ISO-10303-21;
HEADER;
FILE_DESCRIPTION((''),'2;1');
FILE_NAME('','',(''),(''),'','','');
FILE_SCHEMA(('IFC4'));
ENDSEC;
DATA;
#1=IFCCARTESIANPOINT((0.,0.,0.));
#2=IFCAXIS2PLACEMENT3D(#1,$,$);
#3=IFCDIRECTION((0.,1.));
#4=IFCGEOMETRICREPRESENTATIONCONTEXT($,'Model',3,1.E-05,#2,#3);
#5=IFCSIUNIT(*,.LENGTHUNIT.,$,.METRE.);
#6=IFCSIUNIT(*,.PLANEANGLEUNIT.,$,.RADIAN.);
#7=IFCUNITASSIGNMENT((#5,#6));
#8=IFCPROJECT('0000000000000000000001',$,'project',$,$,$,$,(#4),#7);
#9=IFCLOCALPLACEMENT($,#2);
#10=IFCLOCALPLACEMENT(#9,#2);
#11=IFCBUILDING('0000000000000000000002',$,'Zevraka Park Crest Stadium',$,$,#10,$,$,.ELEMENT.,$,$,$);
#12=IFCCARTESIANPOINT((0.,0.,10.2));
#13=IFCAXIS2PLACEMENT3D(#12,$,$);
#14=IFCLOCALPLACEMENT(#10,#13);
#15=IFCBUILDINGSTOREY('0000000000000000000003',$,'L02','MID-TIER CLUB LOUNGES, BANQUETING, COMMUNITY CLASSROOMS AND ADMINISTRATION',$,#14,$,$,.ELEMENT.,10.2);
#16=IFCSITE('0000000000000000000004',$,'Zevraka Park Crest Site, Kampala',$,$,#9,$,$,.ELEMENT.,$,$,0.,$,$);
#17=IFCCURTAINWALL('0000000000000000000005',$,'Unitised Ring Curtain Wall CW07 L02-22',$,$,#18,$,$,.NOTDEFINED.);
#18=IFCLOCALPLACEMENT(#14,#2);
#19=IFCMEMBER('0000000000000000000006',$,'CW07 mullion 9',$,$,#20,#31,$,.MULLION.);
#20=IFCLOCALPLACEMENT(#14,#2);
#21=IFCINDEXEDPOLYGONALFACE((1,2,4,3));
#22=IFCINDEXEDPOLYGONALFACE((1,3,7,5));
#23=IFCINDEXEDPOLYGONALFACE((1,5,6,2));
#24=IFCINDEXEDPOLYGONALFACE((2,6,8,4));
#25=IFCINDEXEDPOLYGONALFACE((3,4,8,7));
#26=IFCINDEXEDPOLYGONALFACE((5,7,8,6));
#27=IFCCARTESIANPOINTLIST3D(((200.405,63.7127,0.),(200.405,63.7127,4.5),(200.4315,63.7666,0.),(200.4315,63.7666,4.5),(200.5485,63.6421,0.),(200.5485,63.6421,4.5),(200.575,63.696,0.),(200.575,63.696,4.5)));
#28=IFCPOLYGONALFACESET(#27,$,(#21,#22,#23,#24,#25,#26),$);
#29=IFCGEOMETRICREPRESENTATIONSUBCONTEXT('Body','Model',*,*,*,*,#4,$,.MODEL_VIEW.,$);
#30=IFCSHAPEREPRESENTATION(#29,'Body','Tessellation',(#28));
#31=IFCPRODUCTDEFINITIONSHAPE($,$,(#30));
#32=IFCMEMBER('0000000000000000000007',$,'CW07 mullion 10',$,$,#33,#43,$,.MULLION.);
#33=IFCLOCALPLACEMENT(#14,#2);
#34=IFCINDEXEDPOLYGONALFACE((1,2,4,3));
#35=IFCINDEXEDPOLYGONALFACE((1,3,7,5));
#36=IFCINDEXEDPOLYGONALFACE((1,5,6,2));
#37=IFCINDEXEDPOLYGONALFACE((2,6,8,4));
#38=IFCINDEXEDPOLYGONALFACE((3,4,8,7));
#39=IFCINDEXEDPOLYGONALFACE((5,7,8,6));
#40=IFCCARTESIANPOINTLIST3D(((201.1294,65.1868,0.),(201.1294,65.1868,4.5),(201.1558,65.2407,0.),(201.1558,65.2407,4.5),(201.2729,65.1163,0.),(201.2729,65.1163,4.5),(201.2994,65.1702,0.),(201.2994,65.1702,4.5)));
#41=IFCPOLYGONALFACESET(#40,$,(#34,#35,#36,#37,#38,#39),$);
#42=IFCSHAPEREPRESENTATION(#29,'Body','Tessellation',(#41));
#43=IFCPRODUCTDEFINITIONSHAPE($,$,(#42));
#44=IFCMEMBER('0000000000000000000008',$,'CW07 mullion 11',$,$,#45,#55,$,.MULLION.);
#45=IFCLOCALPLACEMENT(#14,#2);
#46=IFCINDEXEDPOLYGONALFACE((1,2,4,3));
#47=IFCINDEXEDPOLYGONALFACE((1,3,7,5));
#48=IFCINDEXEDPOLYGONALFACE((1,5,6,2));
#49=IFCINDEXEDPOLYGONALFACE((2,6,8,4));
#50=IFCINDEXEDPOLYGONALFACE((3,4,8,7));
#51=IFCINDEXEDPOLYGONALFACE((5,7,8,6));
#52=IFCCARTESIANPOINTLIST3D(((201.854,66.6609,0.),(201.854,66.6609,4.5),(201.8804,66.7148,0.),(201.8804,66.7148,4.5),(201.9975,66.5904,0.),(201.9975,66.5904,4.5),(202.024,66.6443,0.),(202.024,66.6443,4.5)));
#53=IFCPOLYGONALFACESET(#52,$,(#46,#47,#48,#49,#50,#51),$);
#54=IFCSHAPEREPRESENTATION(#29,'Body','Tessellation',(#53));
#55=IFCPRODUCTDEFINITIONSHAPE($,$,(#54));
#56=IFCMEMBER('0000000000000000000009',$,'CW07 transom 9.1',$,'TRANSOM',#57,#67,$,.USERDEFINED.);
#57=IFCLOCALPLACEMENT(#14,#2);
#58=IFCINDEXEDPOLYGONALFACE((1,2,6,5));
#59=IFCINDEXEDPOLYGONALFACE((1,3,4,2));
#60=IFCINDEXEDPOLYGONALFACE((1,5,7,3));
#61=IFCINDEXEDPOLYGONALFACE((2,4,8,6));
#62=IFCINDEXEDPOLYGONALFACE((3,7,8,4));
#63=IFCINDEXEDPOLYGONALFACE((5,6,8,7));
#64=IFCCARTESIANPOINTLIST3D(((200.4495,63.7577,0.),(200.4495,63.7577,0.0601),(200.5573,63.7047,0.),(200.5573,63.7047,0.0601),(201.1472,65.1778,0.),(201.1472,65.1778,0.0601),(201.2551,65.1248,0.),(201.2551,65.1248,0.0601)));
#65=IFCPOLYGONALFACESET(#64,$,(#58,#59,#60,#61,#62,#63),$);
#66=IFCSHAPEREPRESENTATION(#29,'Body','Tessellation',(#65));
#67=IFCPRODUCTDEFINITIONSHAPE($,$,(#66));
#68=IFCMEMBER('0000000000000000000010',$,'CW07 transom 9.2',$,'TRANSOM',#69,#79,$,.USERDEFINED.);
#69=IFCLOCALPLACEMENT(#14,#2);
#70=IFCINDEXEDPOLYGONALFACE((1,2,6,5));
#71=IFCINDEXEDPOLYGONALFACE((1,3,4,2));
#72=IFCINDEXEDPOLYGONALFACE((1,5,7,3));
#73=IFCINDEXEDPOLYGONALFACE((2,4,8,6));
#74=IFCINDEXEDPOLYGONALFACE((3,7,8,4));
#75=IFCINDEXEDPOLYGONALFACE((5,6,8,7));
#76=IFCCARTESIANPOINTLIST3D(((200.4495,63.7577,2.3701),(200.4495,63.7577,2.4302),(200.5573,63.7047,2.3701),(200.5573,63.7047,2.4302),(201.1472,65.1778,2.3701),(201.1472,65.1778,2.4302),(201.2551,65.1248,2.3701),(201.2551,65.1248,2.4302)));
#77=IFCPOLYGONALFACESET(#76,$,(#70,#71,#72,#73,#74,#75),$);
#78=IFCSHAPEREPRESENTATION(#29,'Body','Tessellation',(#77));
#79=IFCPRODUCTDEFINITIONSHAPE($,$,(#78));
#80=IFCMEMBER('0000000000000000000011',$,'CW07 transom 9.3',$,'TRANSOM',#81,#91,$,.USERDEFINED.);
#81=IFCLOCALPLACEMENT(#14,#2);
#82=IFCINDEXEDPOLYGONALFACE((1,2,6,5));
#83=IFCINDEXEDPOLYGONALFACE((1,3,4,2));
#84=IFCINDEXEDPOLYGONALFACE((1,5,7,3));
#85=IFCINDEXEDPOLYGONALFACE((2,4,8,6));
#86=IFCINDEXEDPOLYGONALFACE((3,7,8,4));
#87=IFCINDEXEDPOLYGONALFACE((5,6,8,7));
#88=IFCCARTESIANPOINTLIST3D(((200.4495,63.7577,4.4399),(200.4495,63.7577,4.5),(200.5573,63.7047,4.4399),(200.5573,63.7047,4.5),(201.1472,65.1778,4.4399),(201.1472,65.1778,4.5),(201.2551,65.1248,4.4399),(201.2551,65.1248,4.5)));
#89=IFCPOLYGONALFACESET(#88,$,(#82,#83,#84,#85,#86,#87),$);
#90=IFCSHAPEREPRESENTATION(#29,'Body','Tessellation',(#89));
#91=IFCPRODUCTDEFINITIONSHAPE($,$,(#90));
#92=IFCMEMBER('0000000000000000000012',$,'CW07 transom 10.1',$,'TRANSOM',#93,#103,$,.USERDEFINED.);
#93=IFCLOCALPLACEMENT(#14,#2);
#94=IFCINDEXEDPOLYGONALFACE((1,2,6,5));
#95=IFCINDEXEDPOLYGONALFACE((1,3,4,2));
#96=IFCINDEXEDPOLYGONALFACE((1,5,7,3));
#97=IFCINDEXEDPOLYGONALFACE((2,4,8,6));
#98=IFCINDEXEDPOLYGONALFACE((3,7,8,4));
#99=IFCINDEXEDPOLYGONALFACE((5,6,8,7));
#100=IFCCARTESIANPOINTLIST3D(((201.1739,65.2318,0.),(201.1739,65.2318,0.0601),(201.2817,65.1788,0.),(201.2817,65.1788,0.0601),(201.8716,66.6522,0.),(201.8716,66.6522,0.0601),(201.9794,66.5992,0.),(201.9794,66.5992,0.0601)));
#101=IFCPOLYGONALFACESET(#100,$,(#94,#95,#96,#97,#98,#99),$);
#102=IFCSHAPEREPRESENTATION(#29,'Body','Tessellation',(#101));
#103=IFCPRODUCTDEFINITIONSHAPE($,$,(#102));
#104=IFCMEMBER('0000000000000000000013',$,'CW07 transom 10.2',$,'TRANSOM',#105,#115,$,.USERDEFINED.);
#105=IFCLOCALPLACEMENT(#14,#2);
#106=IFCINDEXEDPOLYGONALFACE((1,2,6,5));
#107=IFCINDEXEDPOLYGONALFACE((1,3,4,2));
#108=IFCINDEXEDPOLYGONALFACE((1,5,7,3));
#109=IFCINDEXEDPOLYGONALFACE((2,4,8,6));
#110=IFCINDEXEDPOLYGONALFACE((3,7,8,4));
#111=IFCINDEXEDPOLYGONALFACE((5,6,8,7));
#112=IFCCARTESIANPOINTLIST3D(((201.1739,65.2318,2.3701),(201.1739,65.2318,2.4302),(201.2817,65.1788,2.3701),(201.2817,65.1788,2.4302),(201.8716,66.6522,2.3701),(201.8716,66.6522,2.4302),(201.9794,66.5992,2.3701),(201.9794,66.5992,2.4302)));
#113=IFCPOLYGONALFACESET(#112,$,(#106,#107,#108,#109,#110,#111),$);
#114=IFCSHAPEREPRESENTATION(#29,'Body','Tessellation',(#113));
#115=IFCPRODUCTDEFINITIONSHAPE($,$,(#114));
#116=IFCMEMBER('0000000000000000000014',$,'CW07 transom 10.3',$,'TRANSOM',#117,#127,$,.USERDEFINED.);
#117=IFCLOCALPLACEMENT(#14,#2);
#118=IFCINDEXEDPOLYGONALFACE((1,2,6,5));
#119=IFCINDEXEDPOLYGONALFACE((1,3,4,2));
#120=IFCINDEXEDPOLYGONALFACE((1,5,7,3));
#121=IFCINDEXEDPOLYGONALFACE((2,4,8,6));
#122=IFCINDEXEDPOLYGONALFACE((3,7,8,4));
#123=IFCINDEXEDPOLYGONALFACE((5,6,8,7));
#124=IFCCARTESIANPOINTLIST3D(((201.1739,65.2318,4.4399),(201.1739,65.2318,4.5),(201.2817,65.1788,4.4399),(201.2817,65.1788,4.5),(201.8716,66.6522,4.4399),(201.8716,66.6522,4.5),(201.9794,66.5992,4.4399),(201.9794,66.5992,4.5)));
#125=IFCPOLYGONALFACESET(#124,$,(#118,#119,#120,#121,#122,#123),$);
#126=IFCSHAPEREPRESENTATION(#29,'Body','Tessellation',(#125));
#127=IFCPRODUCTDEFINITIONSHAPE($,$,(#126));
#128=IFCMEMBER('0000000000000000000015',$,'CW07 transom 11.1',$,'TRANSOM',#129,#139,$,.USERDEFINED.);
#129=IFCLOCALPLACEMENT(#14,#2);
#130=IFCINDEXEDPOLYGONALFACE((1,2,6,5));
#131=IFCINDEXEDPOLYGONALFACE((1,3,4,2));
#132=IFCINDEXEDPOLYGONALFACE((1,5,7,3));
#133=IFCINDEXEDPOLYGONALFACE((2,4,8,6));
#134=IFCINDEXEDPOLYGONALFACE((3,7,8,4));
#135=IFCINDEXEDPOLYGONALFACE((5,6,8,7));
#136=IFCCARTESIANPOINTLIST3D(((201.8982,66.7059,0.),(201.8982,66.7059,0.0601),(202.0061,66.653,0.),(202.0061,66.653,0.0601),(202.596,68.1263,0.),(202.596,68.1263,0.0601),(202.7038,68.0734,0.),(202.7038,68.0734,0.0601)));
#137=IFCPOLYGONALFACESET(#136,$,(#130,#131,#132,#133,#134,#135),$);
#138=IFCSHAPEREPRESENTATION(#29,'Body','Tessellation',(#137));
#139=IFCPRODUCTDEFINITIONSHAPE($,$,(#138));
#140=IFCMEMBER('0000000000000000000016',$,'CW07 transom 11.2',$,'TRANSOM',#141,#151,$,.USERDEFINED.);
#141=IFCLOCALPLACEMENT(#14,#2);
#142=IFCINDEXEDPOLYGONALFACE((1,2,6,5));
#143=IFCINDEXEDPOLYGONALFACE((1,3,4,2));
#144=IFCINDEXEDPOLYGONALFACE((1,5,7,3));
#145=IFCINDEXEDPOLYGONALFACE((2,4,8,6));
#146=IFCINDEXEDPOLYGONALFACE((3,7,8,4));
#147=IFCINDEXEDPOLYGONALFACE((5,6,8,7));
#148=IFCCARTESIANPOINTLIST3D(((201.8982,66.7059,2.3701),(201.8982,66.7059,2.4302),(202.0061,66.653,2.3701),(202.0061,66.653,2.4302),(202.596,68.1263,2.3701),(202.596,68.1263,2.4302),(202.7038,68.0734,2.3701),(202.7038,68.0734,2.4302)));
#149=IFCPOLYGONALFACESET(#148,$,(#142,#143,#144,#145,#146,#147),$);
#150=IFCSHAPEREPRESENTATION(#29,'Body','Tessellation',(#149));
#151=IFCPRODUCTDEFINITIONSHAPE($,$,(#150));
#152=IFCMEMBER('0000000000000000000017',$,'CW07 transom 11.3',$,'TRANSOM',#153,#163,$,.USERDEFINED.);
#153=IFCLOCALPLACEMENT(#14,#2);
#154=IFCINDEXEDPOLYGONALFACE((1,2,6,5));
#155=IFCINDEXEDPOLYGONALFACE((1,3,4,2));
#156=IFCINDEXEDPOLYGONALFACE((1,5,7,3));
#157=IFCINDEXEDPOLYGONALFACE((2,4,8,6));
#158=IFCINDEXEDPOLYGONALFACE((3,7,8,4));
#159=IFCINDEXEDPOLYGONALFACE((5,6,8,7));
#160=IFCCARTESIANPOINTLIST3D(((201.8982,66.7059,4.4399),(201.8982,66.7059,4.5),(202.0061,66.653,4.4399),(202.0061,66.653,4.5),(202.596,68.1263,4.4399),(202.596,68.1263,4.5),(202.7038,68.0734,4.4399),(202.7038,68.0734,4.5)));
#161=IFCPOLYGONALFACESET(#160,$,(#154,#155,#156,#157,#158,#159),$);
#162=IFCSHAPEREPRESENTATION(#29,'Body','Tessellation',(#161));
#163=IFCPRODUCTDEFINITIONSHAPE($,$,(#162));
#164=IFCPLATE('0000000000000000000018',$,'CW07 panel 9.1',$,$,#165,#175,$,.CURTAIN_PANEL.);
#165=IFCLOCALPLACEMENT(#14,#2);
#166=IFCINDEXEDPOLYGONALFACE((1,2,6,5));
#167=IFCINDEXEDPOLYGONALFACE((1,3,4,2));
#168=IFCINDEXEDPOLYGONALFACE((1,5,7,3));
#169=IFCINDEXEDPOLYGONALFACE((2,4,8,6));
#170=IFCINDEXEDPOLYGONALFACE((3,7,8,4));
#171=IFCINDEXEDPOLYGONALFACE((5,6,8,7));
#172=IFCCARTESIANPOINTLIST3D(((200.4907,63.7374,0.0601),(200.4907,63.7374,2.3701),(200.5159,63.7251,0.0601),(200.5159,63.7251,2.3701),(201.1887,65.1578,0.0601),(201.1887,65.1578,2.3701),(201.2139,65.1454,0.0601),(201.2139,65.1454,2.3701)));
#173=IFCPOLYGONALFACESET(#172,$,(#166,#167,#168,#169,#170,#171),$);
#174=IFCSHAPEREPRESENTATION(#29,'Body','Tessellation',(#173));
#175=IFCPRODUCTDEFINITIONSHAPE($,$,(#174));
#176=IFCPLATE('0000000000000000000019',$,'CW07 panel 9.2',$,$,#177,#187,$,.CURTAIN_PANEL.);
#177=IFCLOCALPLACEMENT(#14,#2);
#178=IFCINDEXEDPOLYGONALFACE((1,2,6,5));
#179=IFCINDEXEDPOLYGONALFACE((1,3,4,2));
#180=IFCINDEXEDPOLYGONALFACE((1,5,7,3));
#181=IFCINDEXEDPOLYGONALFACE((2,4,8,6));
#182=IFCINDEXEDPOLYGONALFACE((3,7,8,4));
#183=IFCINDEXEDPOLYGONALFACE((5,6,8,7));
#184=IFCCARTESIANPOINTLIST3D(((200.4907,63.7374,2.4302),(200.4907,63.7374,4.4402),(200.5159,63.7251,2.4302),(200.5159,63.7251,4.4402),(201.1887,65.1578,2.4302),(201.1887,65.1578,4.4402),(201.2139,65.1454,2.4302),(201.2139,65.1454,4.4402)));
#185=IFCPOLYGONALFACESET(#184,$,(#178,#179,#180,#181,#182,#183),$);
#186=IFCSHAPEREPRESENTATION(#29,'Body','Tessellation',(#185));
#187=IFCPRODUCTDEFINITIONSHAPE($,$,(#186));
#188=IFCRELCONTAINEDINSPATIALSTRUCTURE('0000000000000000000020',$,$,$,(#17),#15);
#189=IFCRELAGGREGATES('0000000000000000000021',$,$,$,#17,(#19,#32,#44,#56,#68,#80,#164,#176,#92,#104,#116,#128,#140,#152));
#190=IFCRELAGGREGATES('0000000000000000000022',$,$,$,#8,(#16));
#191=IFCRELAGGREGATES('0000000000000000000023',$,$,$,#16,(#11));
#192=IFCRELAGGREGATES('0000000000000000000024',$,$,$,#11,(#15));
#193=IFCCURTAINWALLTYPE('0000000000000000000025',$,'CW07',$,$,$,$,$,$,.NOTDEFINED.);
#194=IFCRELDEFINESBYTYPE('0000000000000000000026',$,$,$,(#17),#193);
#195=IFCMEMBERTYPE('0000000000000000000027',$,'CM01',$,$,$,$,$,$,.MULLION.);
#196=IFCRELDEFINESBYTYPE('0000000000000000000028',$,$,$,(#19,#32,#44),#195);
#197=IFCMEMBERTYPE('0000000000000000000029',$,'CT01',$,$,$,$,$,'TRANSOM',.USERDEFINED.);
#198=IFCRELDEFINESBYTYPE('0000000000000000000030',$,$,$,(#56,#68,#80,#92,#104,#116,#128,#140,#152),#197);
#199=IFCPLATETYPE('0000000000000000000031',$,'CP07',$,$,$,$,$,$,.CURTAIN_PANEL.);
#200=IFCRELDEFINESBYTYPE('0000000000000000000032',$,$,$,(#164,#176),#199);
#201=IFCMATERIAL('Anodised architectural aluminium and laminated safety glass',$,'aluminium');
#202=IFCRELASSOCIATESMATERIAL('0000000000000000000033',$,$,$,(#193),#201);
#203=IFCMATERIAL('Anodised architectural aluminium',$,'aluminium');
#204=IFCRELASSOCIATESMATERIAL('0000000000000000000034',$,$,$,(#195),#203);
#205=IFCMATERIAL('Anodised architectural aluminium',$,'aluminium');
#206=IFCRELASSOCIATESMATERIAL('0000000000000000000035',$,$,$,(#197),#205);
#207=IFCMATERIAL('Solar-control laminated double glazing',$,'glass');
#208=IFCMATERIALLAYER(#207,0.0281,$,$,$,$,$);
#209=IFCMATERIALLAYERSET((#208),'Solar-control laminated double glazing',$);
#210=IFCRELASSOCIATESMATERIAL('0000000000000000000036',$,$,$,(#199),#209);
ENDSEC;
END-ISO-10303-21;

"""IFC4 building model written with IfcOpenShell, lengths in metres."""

from ifc_helpers import new_model, si_unit, direction, frame, origin, origin_2d, place, context, subcontext, project, spatial, rectangle, extrude, material, layer, layer_set, material_profile, profile_set, type_object, element, aggregate, save


model = new_model("IFC4")

# Units and contexts
model_context = context("Model", 3, precision=1e-05, world=origin(), true_north=direction((0.0, 1.0)))
body_context = subcontext(model_context, "Body", "Model", "MODEL_VIEW")
ifc_project = project(units=[si_unit("LENGTHUNIT", "METRE"), si_unit("PLANEANGLEUNIT", "RADIAN")], contexts=[model_context])

# Site, building, storey
site_placement = place(None, origin())
site = spatial("IfcSite", under=ifc_project, at=site_placement, Name="Zevraka Park Crest Site, Kampala", CompositionType="ELEMENT", RefElevation=0.0)
building_placement = place(site_placement, origin())
building = spatial("IfcBuilding", under=site, at=building_placement, Name="Zevraka Park Crest Stadium", CompositionType="ELEMENT")
storey_placement = place(building_placement, frame((0.0, 0.0, 10.2)))
storey = spatial("IfcBuildingStorey", under=building, at=storey_placement, Name="L02", Description="MID-TIER CLUB LOUNGES, BANQUETING, COMMUNITY CLASSROOMS AND ADMINISTRATION", CompositionType="ELEMENT", Elevation=10.2)

# Curtain wall, members, plates
ifc_material_1 = material(Name="Anodised architectural aluminium and laminated safety glass", Category="aluminium")
curtain_wall_type = type_object("IfcCurtainWallType", Name="CW07", PredefinedType="NOTDEFINED", material=ifc_material_1)
curtain_wall_placement = place(storey_placement, origin())
curtain_wall = element("IfcCurtainWall", 1, at=curtain_wall_placement, inside=storey, type_object=curtain_wall_type, Name="Unitised Ring Curtain Wall CW07 L02-22", PredefinedType="NOTDEFINED")
ifc_material_2 = material(Name="Anodised architectural aluminium", Category="aluminium")
ifc_material_profile_1 = material_profile(ifc_material_2, rectangle(XDim=0.1599, YDim=0.0601, at=origin_2d()), Name="ALU MULLION 160x60")
ifc_profile_set_1 = profile_set([ifc_material_profile_1], Name="Anodised architectural aluminium")
member_type_1 = type_object("IfcMemberType", Name="CM01", PredefinedType="MULLION", material=ifc_profile_set_1)
member_1_placement = place(storey_placement, frame((200.49, 63.7043, 0.0), z_axis=(0.0, 0.0, 1.0), x_axis=(-0.897497, 0.441021, 0.0)))
member_1 = element("IfcMember", 2, at=member_1_placement, type_object=member_type_1, Name="CW07 mullion 9", PredefinedType="MULLION", context=body_context, shape_type="SweptSolid", body=[
    extrude(rectangle(XDim=0.1599, YDim=0.0601, at=origin_2d()), origin(), (0.0, 0.0, 1.0), 4.5),
])
member_2_placement = place(storey_placement, frame((201.2144, 65.1785, 0.0), z_axis=(0.0, 0.0, 1.0), x_axis=(-0.897497, 0.441021, 0.0)))
member_2 = element("IfcMember", 3, at=member_2_placement, type_object=member_type_1, Name="CW07 mullion 10", PredefinedType="MULLION", context=body_context, shape_type="SweptSolid", body=[
    extrude(rectangle(XDim=0.1599, YDim=0.0601, at=origin_2d()), origin(), (0.0, 0.0, 1.0), 4.5),
])
member_3_placement = place(storey_placement, frame((201.939, 66.6526, 0.0), z_axis=(0.0, 0.0, 1.0), x_axis=(-0.897497, 0.441021, 0.0)))
member_3 = element("IfcMember", 4, at=member_3_placement, type_object=member_type_1, Name="CW07 mullion 11", PredefinedType="MULLION", context=body_context, shape_type="SweptSolid", body=[
    extrude(rectangle(XDim=0.1599, YDim=0.0601, at=origin_2d()), origin(), (0.0, 0.0, 1.0), 4.5),
])
ifc_material_3 = material(Name="Anodised architectural aluminium", Category="aluminium")
ifc_material_profile_2 = material_profile(ifc_material_3, rectangle(XDim=0.1201, YDim=0.0601, at=origin_2d()), Name="ALU TRANSOM 120x60")
ifc_profile_set_2 = profile_set([ifc_material_profile_2], Name="Anodised architectural aluminium")
member_type_2 = type_object("IfcMemberType", Name="CT01", ElementType="TRANSOM", PredefinedType="USERDEFINED", material=ifc_profile_set_2)
member_4_placement = place(storey_placement, frame((200.5034, 63.7312, 0.03), z_axis=(0.440969, 0.897522, 0.0), x_axis=(-0.897522, 0.440969, 0.0)))
member_4 = element("IfcMember", 5, at=member_4_placement, type_object=member_type_2, Name="CW07 transom 9.1", ObjectType="TRANSOM", PredefinedType="USERDEFINED", context=body_context, shape_type="SweptSolid", body=[
    extrude(rectangle(XDim=0.1201, YDim=0.0601, at=origin_2d()), origin(), (0.0, 0.0, 1.0), 1.5823),
])
member_5_placement = place(storey_placement, frame((200.5034, 63.7312, 2.4001), z_axis=(0.440969, 0.897522, 0.0), x_axis=(-0.897522, 0.440969, 0.0)))
member_5 = element("IfcMember", 6, at=member_5_placement, type_object=member_type_2, Name="CW07 transom 9.2", ObjectType="TRANSOM", PredefinedType="USERDEFINED", context=body_context, shape_type="SweptSolid", body=[
    extrude(rectangle(XDim=0.1201, YDim=0.0601, at=origin_2d()), origin(), (0.0, 0.0, 1.0), 1.5823),
])
member_6_placement = place(storey_placement, frame((200.5034, 63.7312, 4.47), z_axis=(0.440969, 0.897522, 0.0), x_axis=(-0.897522, 0.440969, 0.0)))
member_6 = element("IfcMember", 7, at=member_6_placement, type_object=member_type_2, Name="CW07 transom 9.3", ObjectType="TRANSOM", PredefinedType="USERDEFINED", context=body_context, shape_type="SweptSolid", body=[
    extrude(rectangle(XDim=0.1201, YDim=0.0601, at=origin_2d()), origin(), (0.0, 0.0, 1.0), 1.5823),
])
member_7_placement = place(storey_placement, frame((201.2278, 65.2053, 0.03), z_axis=(0.440908, 0.897552, 0.0), x_axis=(-0.897552, 0.440908, 0.0)))
member_7 = element("IfcMember", 8, at=member_7_placement, type_object=member_type_2, Name="CW07 transom 10.1", ObjectType="TRANSOM", PredefinedType="USERDEFINED", context=body_context, shape_type="SweptSolid", body=[
    extrude(rectangle(XDim=0.1201, YDim=0.0601, at=origin_2d()), origin(), (0.0, 0.0, 1.0), 1.5825),
])
member_8_placement = place(storey_placement, frame((201.2278, 65.2053, 2.4001), z_axis=(0.440908, 0.897552, 0.0), x_axis=(-0.897552, 0.440908, 0.0)))
member_8 = element("IfcMember", 9, at=member_8_placement, type_object=member_type_2, Name="CW07 transom 10.2", ObjectType="TRANSOM", PredefinedType="USERDEFINED", context=body_context, shape_type="SweptSolid", body=[
    extrude(rectangle(XDim=0.1201, YDim=0.0601, at=origin_2d()), origin(), (0.0, 0.0, 1.0), 1.5825),
])
member_9_placement = place(storey_placement, frame((201.2278, 65.2053, 4.47), z_axis=(0.440908, 0.897552, 0.0), x_axis=(-0.897552, 0.440908, 0.0)))
member_9 = element("IfcMember", 10, at=member_9_placement, type_object=member_type_2, Name="CW07 transom 10.3", ObjectType="TRANSOM", PredefinedType="USERDEFINED", context=body_context, shape_type="SweptSolid", body=[
    extrude(rectangle(XDim=0.1201, YDim=0.0601, at=origin_2d()), origin(), (0.0, 0.0, 1.0), 1.5825),
])
member_10_placement = place(storey_placement, frame((201.9521, 66.6794, 0.03), z_axis=(0.440908, 0.897552, 0.0), x_axis=(-0.897552, 0.440908, 0.0)))
member_10 = element("IfcMember", 11, at=member_10_placement, type_object=member_type_2, Name="CW07 transom 11.1", ObjectType="TRANSOM", PredefinedType="USERDEFINED", context=body_context, shape_type="SweptSolid", body=[
    extrude(rectangle(XDim=0.1201, YDim=0.0601, at=origin_2d()), origin(), (0.0, 0.0, 1.0), 1.5825),
])
member_11_placement = place(storey_placement, frame((201.9521, 66.6794, 2.4001), z_axis=(0.440908, 0.897552, 0.0), x_axis=(-0.897552, 0.440908, 0.0)))
member_11 = element("IfcMember", 12, at=member_11_placement, type_object=member_type_2, Name="CW07 transom 11.2", ObjectType="TRANSOM", PredefinedType="USERDEFINED", context=body_context, shape_type="SweptSolid", body=[
    extrude(rectangle(XDim=0.1201, YDim=0.0601, at=origin_2d()), origin(), (0.0, 0.0, 1.0), 1.5825),
])
member_12_placement = place(storey_placement, frame((201.9521, 66.6794, 4.47), z_axis=(0.440908, 0.897552, 0.0), x_axis=(-0.897552, 0.440908, 0.0)))
member_12 = element("IfcMember", 13, at=member_12_placement, type_object=member_type_2, Name="CW07 transom 11.3", ObjectType="TRANSOM", PredefinedType="USERDEFINED", context=body_context, shape_type="SweptSolid", body=[
    extrude(rectangle(XDim=0.1201, YDim=0.0601, at=origin_2d()), origin(), (0.0, 0.0, 1.0), 1.5825),
])
ifc_material_4 = material(Name="Solar-control laminated double glazing", Category="glass")
ifc_layer_1 = layer(ifc_material_4, 0.0281)
ifc_layer_set_1 = layer_set([ifc_layer_1], Name="Solar-control laminated double glazing")
plate_type = type_object("IfcPlateType", Name="CP07", PredefinedType="CURTAIN_PANEL", material=ifc_layer_set_1)
plate_1_placement = place(storey_placement, frame((200.8523, 64.4414, 0.0601), z_axis=(0.0, 0.0, 1.0), x_axis=(0.441021, 0.897497, 0.0)))
plate_1 = element("IfcPlate", 14, at=plate_1_placement, type_object=plate_type, Name="CW07 panel 9.1", PredefinedType="CURTAIN_PANEL", context=body_context, shape_type="SweptSolid", body=[
    extrude(rectangle(XDim=1.5825, YDim=0.0281, at=origin_2d()), origin(), (0.0, 0.0, 1.0), 2.3101),
])
plate_2_placement = place(storey_placement, frame((200.8523, 64.4414, 2.4302), z_axis=(0.0, 0.0, 1.0), x_axis=(0.441021, 0.897497, 0.0)))
plate_2 = element("IfcPlate", 15, at=plate_2_placement, type_object=plate_type, Name="CW07 panel 9.2", PredefinedType="CURTAIN_PANEL", context=body_context, shape_type="SweptSolid", body=[
    extrude(rectangle(XDim=1.5825, YDim=0.0281, at=origin_2d()), origin(), (0.0, 0.0, 1.0), 2.01),
])
aggregate(curtain_wall, [member_1, member_2, member_3, member_4, member_5, member_6, plate_1, plate_2, member_7, member_8, member_9, member_10, member_11, member_12])

save(model, "model.ifc")
